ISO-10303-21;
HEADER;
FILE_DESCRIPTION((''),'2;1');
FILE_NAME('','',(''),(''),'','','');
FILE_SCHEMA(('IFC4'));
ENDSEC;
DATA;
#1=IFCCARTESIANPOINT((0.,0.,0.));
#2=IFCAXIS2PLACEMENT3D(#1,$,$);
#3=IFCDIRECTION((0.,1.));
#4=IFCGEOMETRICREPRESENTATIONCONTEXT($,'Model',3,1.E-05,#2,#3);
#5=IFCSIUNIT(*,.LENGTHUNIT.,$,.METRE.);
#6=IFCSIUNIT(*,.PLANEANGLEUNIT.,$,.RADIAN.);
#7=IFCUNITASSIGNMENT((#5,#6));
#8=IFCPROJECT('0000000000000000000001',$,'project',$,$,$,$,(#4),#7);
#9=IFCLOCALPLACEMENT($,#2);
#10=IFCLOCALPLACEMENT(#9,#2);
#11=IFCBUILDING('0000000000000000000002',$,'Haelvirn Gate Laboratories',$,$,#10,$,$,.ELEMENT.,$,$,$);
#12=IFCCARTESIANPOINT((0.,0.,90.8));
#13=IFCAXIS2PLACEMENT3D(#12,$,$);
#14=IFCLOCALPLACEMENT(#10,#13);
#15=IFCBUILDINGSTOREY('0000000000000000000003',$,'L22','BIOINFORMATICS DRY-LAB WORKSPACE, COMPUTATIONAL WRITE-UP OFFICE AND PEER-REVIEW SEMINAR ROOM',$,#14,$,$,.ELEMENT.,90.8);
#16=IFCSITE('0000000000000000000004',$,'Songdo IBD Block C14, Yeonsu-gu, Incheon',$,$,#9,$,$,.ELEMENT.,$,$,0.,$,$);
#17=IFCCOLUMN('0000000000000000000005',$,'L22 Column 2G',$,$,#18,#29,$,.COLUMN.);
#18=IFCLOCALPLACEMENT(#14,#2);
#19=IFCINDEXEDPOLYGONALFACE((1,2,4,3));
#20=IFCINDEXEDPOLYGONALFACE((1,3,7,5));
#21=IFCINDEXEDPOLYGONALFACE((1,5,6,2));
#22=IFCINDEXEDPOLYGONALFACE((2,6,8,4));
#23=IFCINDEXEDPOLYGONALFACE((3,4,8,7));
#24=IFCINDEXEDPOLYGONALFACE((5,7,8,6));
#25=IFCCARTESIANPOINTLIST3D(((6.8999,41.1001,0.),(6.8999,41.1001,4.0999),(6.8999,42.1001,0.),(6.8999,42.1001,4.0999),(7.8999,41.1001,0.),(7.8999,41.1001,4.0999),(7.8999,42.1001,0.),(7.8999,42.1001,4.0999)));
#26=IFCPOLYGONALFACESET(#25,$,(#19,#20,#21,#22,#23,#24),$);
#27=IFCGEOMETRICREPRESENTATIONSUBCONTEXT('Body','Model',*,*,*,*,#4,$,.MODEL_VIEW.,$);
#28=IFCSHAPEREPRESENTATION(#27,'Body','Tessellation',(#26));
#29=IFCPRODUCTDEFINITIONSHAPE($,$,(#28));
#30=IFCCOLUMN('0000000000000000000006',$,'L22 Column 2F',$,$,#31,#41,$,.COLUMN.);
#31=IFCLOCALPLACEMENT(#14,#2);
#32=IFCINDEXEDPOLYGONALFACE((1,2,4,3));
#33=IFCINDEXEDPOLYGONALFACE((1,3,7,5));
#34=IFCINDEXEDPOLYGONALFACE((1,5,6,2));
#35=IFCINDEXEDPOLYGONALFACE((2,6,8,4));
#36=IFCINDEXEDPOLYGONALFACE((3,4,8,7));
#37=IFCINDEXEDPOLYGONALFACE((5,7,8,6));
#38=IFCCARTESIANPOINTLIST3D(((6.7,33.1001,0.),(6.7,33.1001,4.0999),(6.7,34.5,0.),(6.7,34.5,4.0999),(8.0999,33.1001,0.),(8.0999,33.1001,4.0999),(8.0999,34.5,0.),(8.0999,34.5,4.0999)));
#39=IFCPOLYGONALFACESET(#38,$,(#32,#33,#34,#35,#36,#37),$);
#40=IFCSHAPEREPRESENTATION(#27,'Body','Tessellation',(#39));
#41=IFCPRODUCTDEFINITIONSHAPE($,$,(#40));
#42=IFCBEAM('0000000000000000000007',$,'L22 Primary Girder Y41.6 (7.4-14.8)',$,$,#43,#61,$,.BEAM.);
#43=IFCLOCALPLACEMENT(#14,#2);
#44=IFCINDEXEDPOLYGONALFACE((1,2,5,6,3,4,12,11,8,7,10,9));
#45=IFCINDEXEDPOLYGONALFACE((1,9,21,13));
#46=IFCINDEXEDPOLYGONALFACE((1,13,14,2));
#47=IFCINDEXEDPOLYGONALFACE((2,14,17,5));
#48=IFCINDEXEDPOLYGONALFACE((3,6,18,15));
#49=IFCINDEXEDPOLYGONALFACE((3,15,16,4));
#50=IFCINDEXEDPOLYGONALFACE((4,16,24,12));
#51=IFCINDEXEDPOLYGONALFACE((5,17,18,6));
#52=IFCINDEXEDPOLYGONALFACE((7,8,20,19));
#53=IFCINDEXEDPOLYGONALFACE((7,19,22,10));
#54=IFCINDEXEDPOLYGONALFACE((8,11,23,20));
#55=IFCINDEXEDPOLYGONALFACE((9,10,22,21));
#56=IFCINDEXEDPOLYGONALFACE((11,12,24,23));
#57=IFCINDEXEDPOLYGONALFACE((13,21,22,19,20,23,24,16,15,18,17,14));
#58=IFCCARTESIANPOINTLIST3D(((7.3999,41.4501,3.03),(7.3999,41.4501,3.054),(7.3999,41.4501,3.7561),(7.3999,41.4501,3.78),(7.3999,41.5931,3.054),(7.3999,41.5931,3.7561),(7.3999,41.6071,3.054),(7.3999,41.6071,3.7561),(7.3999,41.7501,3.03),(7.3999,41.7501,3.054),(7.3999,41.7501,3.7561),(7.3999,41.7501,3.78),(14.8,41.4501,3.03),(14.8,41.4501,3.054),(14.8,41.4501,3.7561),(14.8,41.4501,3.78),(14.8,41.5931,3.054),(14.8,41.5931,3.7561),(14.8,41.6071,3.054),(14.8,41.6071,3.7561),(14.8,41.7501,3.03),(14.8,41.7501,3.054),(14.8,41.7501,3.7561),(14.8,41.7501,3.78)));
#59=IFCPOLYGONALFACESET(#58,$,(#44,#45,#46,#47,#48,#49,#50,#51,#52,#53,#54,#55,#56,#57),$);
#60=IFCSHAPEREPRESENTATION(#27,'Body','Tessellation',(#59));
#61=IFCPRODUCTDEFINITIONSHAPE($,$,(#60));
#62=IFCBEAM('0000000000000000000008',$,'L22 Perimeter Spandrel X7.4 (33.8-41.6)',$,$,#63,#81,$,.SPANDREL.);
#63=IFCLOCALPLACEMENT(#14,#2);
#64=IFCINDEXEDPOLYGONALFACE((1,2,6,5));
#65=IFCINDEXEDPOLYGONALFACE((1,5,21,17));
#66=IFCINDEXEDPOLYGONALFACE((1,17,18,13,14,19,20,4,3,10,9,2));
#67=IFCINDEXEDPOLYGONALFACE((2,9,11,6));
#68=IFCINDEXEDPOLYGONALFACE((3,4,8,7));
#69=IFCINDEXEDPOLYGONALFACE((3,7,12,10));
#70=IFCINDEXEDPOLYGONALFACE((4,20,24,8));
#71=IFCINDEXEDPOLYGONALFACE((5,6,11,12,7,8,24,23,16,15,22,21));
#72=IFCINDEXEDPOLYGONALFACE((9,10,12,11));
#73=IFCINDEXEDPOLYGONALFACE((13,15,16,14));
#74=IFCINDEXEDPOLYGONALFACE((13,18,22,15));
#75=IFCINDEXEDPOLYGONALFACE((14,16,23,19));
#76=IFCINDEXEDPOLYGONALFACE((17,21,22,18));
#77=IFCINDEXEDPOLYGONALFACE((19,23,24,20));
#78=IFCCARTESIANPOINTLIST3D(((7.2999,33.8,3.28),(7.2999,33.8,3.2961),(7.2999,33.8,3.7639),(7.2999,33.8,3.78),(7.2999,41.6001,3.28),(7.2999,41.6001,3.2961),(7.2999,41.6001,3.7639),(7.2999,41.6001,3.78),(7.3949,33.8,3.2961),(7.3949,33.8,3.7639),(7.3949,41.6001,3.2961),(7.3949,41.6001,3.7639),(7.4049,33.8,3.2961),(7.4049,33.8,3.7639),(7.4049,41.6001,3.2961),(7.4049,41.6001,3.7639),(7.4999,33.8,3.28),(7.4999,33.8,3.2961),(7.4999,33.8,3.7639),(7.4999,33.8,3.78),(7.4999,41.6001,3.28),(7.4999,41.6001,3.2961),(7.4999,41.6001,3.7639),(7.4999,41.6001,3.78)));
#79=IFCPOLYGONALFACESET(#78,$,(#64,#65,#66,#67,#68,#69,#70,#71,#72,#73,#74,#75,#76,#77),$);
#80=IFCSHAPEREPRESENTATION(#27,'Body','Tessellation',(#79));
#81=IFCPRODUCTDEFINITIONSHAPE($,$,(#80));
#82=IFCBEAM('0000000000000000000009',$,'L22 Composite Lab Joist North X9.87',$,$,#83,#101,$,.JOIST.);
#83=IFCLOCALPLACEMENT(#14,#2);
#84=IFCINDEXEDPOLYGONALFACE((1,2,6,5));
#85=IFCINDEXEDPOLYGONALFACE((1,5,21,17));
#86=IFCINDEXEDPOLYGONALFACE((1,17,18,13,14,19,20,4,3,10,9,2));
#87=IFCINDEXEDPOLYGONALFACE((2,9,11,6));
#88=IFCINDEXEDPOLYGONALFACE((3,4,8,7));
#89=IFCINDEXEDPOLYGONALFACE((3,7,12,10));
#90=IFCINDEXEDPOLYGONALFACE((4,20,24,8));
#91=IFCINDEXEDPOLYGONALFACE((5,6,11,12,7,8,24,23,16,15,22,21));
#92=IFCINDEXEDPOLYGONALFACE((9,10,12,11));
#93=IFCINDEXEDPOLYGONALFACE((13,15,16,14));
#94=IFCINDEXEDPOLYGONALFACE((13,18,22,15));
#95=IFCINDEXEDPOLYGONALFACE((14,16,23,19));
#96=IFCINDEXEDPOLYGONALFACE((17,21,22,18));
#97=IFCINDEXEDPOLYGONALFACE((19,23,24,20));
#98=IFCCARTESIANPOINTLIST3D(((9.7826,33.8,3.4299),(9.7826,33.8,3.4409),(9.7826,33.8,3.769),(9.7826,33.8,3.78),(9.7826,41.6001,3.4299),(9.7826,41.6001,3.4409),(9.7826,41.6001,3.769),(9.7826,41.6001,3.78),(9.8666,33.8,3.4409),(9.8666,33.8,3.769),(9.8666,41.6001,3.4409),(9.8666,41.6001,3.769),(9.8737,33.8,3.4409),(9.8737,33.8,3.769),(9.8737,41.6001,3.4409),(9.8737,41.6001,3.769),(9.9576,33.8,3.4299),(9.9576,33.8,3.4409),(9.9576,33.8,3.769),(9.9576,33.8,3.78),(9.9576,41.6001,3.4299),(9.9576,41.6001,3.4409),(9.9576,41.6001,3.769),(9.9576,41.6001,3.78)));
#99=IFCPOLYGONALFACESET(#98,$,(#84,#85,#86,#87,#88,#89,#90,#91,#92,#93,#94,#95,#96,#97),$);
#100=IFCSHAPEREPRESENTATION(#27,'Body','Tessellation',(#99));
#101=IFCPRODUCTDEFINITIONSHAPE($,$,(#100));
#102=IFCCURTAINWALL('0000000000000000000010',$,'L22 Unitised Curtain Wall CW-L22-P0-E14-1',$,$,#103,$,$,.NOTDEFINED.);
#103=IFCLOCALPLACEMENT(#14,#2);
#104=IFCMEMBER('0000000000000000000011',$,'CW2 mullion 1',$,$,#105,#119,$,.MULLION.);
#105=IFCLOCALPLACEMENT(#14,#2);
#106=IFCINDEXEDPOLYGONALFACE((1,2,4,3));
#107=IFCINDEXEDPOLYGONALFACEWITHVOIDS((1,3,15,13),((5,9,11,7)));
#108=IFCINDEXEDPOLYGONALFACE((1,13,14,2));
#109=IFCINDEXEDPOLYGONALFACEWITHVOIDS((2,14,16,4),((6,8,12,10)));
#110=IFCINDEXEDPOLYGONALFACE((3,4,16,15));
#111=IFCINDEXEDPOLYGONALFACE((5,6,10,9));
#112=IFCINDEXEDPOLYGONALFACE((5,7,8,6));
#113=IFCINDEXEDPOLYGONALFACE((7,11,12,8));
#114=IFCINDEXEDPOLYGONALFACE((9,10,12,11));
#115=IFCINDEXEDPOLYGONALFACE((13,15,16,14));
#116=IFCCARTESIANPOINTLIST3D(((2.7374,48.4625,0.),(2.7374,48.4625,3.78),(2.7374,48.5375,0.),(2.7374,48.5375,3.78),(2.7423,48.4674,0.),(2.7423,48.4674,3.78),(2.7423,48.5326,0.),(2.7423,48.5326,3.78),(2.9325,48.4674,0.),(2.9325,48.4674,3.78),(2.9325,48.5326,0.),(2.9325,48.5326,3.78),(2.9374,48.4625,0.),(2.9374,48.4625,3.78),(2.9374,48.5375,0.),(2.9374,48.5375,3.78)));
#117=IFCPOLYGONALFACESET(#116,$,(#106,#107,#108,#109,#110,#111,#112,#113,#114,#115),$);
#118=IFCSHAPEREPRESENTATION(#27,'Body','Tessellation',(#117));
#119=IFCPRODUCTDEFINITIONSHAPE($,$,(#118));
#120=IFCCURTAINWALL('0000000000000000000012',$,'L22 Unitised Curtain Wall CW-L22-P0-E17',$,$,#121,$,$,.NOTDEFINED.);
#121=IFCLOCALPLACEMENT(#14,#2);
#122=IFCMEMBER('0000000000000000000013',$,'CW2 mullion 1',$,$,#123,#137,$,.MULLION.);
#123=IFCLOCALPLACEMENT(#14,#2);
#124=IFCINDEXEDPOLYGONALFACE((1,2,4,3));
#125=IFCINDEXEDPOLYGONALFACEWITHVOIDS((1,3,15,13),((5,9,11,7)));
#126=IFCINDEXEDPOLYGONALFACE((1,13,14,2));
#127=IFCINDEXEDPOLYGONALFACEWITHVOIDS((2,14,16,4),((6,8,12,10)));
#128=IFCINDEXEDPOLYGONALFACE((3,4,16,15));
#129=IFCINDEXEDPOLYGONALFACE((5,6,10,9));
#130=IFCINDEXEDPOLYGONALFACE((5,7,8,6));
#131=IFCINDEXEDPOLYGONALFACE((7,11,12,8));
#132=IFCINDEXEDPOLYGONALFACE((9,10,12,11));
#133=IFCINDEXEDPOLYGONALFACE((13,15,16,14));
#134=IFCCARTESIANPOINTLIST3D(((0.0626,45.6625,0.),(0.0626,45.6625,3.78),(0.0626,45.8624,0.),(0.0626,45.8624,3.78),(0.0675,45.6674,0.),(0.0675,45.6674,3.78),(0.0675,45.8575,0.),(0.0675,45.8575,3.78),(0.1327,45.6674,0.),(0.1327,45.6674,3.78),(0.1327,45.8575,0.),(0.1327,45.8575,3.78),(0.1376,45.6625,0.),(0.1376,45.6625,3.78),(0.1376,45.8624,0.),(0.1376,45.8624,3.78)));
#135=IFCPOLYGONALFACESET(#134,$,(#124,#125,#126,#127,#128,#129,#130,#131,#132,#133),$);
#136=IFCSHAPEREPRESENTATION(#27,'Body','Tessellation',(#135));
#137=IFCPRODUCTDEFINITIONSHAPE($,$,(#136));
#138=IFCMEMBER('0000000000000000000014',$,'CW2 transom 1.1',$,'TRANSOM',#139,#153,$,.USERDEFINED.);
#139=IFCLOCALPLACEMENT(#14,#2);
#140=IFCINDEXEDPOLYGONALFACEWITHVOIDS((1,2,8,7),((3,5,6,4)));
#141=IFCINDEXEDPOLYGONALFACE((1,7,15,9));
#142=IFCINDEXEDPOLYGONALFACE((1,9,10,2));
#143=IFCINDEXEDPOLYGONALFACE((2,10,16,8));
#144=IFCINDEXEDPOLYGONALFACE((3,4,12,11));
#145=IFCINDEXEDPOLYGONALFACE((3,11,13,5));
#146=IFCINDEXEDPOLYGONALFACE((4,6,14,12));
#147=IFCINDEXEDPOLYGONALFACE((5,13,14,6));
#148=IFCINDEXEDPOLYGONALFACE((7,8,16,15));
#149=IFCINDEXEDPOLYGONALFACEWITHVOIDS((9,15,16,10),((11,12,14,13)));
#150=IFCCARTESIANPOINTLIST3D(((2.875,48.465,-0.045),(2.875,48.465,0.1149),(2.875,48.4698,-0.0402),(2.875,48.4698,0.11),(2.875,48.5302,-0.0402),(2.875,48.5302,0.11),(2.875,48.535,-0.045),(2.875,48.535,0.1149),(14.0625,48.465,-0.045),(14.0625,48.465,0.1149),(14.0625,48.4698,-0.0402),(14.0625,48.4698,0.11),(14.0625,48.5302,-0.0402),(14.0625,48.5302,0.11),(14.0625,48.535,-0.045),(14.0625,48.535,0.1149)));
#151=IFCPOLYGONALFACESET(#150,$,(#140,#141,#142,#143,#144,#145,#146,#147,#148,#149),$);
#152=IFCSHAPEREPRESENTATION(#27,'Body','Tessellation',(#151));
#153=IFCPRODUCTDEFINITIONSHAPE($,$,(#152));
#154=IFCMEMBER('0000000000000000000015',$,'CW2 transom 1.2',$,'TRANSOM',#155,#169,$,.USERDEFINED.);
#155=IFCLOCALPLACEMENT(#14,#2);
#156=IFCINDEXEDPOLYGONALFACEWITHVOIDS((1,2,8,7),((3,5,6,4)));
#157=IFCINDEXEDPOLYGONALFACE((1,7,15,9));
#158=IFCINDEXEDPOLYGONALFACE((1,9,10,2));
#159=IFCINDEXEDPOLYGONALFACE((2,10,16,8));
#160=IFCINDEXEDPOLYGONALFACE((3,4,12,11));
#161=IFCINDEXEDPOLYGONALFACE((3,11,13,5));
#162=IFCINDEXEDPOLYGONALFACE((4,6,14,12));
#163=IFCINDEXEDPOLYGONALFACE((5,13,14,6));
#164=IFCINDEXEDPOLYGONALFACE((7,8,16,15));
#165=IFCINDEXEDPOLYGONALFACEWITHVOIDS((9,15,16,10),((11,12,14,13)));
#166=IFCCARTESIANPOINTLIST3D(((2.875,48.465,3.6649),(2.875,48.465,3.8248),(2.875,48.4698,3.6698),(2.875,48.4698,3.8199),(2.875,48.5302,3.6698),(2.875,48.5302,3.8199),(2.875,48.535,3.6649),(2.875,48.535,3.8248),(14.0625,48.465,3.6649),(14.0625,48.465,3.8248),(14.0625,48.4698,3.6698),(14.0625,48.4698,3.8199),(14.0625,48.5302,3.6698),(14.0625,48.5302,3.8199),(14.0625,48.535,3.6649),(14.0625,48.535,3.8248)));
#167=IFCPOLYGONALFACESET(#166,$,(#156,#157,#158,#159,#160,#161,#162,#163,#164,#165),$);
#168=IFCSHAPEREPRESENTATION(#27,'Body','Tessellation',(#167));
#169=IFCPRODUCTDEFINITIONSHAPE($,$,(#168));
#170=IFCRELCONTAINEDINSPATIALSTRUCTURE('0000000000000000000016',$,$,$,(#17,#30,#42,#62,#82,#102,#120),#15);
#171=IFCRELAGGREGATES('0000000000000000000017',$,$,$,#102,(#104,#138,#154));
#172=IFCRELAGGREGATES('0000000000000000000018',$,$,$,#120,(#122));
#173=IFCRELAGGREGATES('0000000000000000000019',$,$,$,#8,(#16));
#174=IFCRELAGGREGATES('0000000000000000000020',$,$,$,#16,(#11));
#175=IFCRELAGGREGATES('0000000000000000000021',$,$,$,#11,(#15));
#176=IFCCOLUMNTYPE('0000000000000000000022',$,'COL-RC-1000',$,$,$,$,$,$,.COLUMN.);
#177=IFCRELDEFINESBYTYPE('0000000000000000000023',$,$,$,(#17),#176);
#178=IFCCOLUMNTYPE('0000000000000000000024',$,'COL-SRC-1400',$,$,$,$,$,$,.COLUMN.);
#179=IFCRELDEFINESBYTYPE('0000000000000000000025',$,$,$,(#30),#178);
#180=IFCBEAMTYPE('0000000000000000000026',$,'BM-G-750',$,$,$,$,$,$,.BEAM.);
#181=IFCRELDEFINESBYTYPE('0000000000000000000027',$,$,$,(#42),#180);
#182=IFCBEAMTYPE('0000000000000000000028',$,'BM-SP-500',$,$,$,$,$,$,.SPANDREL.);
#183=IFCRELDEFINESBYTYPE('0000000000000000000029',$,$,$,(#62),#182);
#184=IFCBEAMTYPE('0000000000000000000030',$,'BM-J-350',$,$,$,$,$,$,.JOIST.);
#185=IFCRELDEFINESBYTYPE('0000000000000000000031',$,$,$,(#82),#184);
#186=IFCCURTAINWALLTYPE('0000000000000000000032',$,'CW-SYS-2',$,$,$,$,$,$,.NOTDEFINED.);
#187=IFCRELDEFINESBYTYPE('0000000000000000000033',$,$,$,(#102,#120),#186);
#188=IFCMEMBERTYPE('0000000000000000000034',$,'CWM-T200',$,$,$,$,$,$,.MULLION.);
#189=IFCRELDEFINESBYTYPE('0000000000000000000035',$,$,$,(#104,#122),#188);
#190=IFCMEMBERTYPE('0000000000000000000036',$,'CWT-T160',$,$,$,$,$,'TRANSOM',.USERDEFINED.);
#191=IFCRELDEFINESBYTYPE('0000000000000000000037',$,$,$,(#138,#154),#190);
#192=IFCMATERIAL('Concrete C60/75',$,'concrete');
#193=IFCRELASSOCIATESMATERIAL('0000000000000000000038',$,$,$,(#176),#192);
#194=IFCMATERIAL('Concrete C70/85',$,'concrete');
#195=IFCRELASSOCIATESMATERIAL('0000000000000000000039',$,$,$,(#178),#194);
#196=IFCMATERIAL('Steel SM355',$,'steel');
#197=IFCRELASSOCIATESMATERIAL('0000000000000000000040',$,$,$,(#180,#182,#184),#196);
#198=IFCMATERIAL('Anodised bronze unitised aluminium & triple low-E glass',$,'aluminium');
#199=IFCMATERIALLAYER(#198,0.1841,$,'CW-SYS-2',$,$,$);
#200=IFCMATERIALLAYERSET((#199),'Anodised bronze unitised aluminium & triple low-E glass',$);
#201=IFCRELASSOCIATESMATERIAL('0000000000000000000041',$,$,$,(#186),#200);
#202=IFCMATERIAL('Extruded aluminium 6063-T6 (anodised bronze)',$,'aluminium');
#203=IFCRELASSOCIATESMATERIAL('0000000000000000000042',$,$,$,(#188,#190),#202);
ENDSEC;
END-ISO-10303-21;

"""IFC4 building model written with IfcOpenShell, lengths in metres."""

from ifc_helpers import new_model, si_unit, direction, frame, origin, origin_2d, place, context, subcontext, project, spatial, rectangle, hollow_rectangle, i_section, extrude, source, transform, mapped, material, layer, layer_set, material_profile, profile_set, type_object, type_shapes, element, aggregate, save


model = new_model("IFC4")

# Units and contexts
model_context = context("Model", 3, precision=1e-05, world=origin(), true_north=direction((0.0, 1.0)))
body_context = subcontext(model_context, "Body", "Model", "MODEL_VIEW")
ifc_project = project(units=[si_unit("LENGTHUNIT", "METRE"), si_unit("PLANEANGLEUNIT", "RADIAN")], contexts=[model_context])

# Site, building, storey
site_placement = place(None, origin())
site = spatial("IfcSite", under=ifc_project, at=site_placement, Name="Songdo IBD Block C14, Yeonsu-gu, Incheon", CompositionType="ELEMENT", RefElevation=0.0)
building_placement = place(site_placement, origin())
building = spatial("IfcBuilding", under=site, at=building_placement, Name="Haelvirn Gate Laboratories", CompositionType="ELEMENT")
storey_placement = place(building_placement, frame((0.0, 0.0, 90.8)))
storey = spatial("IfcBuildingStorey", under=building, at=storey_placement, Name="L22", Description="BIOINFORMATICS DRY-LAB WORKSPACE, COMPUTATIONAL WRITE-UP OFFICE AND PEER-REVIEW SEMINAR ROOM", CompositionType="ELEMENT", Elevation=90.8)

# Columns
ifc_material_1 = material(Name="Concrete C60/75", Category="concrete")
ifc_material_profile_1 = material_profile(ifc_material_1, rectangle(XDim=1.0, YDim=1.0, at=origin_2d()), Name="RC-1000x1000")
ifc_profile_set_1 = profile_set([ifc_material_profile_1], Name="Concrete C60/75")
column_type_1 = type_object("IfcColumnType", Name="COL-RC-1000", PredefinedType="COLUMN", material=ifc_profile_set_1)
shared_shape_1 = source(origin(), body_context, "Body", "SweptSolid", [
    extrude(rectangle(XDim=1.0, YDim=1.0, at=origin_2d()), origin(), (0.0, 0.0, 1.0), 4.0999),
])
type_shapes(column_type_1, [shared_shape_1])
column_1_placement = place(storey_placement, frame((7.3999, 41.6001, 0.0), z_axis=(0.0, 0.0, 1.0), x_axis=(1.0, 0.0, 0.0)))
element("IfcColumn", 1, at=column_1_placement, inside=storey, type_object=column_type_1, Name="L22 Column 2G", PredefinedType="COLUMN", context=body_context, shape_type="MappedRepresentation", body=[
    mapped(shared_shape_1, transform((0.0, 0.0, 0.0), scale=1.0)),
])
ifc_material_2 = material(Name="Concrete C70/85", Category="concrete")
ifc_material_profile_2 = material_profile(ifc_material_2, rectangle(XDim=1.3999, YDim=1.3999, at=origin_2d()), Name="SRC-1400x1400")
ifc_profile_set_2 = profile_set([ifc_material_profile_2], Name="Concrete C70/85")
column_type_2 = type_object("IfcColumnType", Name="COL-SRC-1400", PredefinedType="COLUMN", material=ifc_profile_set_2)
shared_shape_2 = source(origin(), body_context, "Body", "SweptSolid", [
    extrude(rectangle(XDim=1.3999, YDim=1.3999, at=origin_2d()), origin(), (0.0, 0.0, 1.0), 4.0999),
])
type_shapes(column_type_2, [shared_shape_2])
column_2_placement = place(storey_placement, frame((7.3999, 33.8, 0.0), z_axis=(0.0, 0.0, 1.0), x_axis=(1.0, 0.0, 0.0)))
element("IfcColumn", 2, at=column_2_placement, inside=storey, type_object=column_type_2, Name="L22 Column 2F", PredefinedType="COLUMN", context=body_context, shape_type="MappedRepresentation", body=[
    mapped(shared_shape_2, transform((0.0, 0.0, 0.0), scale=1.0)),
])

# Beams
ifc_material_3 = material(Name="Steel SM355", Category="steel")
ifc_material_profile_3 = material_profile(ifc_material_3, i_section(OverallWidth=0.3, OverallDepth=0.75, WebThickness=0.0139, FlangeThickness=0.0239, at=origin_2d()), Name="H-750x300x14x24")
ifc_profile_set_3 = profile_set([ifc_material_profile_3], Name="Steel SM355")
beam_type_1 = type_object("IfcBeamType", Name="BM-G-750", PredefinedType="BEAM", material=ifc_profile_set_3)
shared_shape_3 = source(origin(), body_context, "Body", "SweptSolid", [
    extrude(i_section(OverallWidth=0.3, OverallDepth=0.75, WebThickness=0.0139, FlangeThickness=0.0239, at=origin_2d()), origin(), (0.0, 0.0, 1.0), 7.4001),
])
type_shapes(beam_type_1, [shared_shape_3])
beam_1_placement = place(storey_placement, frame((7.3999, 41.6001, 3.405), z_axis=(1.0, 0.0, 0.0), x_axis=(0.0, 1.0, 0.0)))
element("IfcBeam", 3, at=beam_1_placement, inside=storey, type_object=beam_type_1, Name="L22 Primary Girder Y41.6 (7.4-14.8)", PredefinedType="BEAM", context=body_context, shape_type="MappedRepresentation", body=[
    mapped(shared_shape_3, transform((0.0, 0.0, 0.0), scale=1.0)),
])
ifc_material_profile_4 = material_profile(ifc_material_3, i_section(OverallWidth=0.2, OverallDepth=0.5, WebThickness=0.01, FlangeThickness=0.0161, at=origin_2d()), Name="H-500x200x10x16")
ifc_profile_set_4 = profile_set([ifc_material_profile_4], Name="Steel SM355")
beam_type_2 = type_object("IfcBeamType", Name="BM-SP-500", PredefinedType="SPANDREL", material=ifc_profile_set_4)
shared_shape_4 = source(origin(), body_context, "Body", "SweptSolid", [
    extrude(i_section(OverallWidth=0.2, OverallDepth=0.5, WebThickness=0.01, FlangeThickness=0.0161, at=origin_2d()), origin(), (0.0, 0.0, 1.0), 7.8),
])
type_shapes(beam_type_2, [shared_shape_4])
beam_2_placement = place(storey_placement, frame((7.3999, 33.8, 3.53), z_axis=(0.0, 1.0, 0.0), x_axis=(-1.0, 0.0, 0.0)))
element("IfcBeam", 4, at=beam_2_placement, inside=storey, type_object=beam_type_2, Name="L22 Perimeter Spandrel X7.4 (33.8-41.6)", PredefinedType="SPANDREL", context=body_context, shape_type="MappedRepresentation", body=[
    mapped(shared_shape_4, transform((0.0, 0.0, 0.0), scale=1.0)),
])
ifc_material_profile_5 = material_profile(ifc_material_3, i_section(OverallWidth=0.175, OverallDepth=0.3501, WebThickness=0.0071, FlangeThickness=0.011, at=origin_2d()), Name="H-350x175x7x11")
ifc_profile_set_5 = profile_set([ifc_material_profile_5], Name="Steel SM355")
beam_type_3 = type_object("IfcBeamType", Name="BM-J-350", PredefinedType="JOIST", material=ifc_profile_set_5)
shared_shape_5 = source(origin(), body_context, "Body", "SweptSolid", [
    extrude(i_section(OverallWidth=0.175, OverallDepth=0.3501, WebThickness=0.0071, FlangeThickness=0.011, at=origin_2d()), origin(), (0.0, 0.0, 1.0), 7.8),
])
type_shapes(beam_type_3, [shared_shape_5])
beam_3_placement = place(storey_placement, frame((9.8701, 33.8, 3.605), z_axis=(0.0, 1.0, 0.0), x_axis=(-1.0, 0.0, 0.0)))
element("IfcBeam", 5, at=beam_3_placement, inside=storey, type_object=beam_type_3, Name="L22 Composite Lab Joist North X9.87", PredefinedType="JOIST", context=body_context, shape_type="MappedRepresentation", body=[
    mapped(shared_shape_5, transform((0.0, 0.0, 0.0), scale=1.0)),
])

# Curtain walls, members
ifc_material_4 = material(Name="Anodised bronze unitised aluminium & triple low-E glass", Category="aluminium")
ifc_layer_1 = layer(ifc_material_4, 0.1841, Name="CW-SYS-2")
ifc_layer_set_1 = layer_set([ifc_layer_1], Name="Anodised bronze unitised aluminium & triple low-E glass")
curtain_wall_type_1 = type_object("IfcCurtainWallType", Name="CW-SYS-2", PredefinedType="NOTDEFINED", material=ifc_layer_set_1)
curtain_wall_1_placement = place(storey_placement, origin())
curtain_wall_1 = element("IfcCurtainWall", 6, at=curtain_wall_1_placement, inside=storey, type_object=curtain_wall_type_1, Name="L22 Unitised Curtain Wall CW-L22-P0-E14-1", PredefinedType="NOTDEFINED")
ifc_material_5 = material(Name="Extruded aluminium 6063-T6 (anodised bronze)", Category="aluminium")
ifc_material_profile_6 = material_profile(ifc_material_5, hollow_rectangle(XDim=0.075, YDim=0.2, WallThickness=0.0049, at=origin_2d()), Name="CWM-200x75x5")
ifc_profile_set_6 = profile_set([ifc_material_profile_6], Name="Extruded aluminium 6063-T6 (anodised bronze)")
member_type_1 = type_object("IfcMemberType", Name="CWM-T200", PredefinedType="MULLION", material=ifc_profile_set_6)
shared_shape_6 = source(origin(), body_context, "Body", "SweptSolid", [
    extrude(hollow_rectangle(XDim=0.075, YDim=0.2, WallThickness=0.0049, at=origin_2d()), origin(), (0.0, 0.0, 1.0), 3.78),
])
type_shapes(member_type_1, [shared_shape_6])
member_1_placement = place(storey_placement, frame((2.8374, 48.5, 0.0), z_axis=(0.0, 0.0, 1.0), x_axis=(0.0, 1.0, 0.0)))
member_1 = element("IfcMember", 7, at=member_1_placement, type_object=member_type_1, Name="CW2 mullion 1", PredefinedType="MULLION", context=body_context, shape_type="MappedRepresentation", body=[
    mapped(shared_shape_6, transform((0.0, 0.0, 0.0), scale=1.0)),
])
curtain_wall_2_placement = place(storey_placement, origin())
curtain_wall_2 = element("IfcCurtainWall", 8, at=curtain_wall_2_placement, inside=storey, type_object=curtain_wall_type_1, Name="L22 Unitised Curtain Wall CW-L22-P0-E17", PredefinedType="NOTDEFINED")
member_2_placement = place(storey_placement, frame((0.1001, 45.7625, 0.0), z_axis=(0.0, 0.0, 1.0), x_axis=(1.0, 0.0, 0.0)))
member_2 = element("IfcMember", 9, at=member_2_placement, type_object=member_type_1, Name="CW2 mullion 1", PredefinedType="MULLION", context=body_context, shape_type="MappedRepresentation", body=[
    mapped(shared_shape_6, transform((0.0, 0.0, 0.0), scale=1.0)),
])

# Members
ifc_material_profile_7 = material_profile(ifc_material_5, hollow_rectangle(XDim=0.0701, YDim=0.1599, WallThickness=0.0049, at=origin_2d()), Name="CWT-160x70x5")
ifc_profile_set_7 = profile_set([ifc_material_profile_7], Name="Extruded aluminium 6063-T6 (anodised bronze)")
member_type_2 = type_object("IfcMemberType", Name="CWT-T160", ElementType="TRANSOM", PredefinedType="USERDEFINED", material=ifc_profile_set_7)
shared_shape_7 = source(origin(), body_context, "Body", "SweptSolid", [
    extrude(hollow_rectangle(XDim=0.0701, YDim=0.1599, WallThickness=0.0049, at=origin_2d()), origin(), (0.0, 0.0, 1.0), 11.1875),
])
member_3_placement = place(storey_placement, frame((2.875, 48.5, 0.0349), z_axis=(1.0, 0.0, 0.0), x_axis=(0.0, 1.0, 0.0)))
member_3 = element("IfcMember", 10, at=member_3_placement, type_object=member_type_2, Name="CW2 transom 1.1", ObjectType="TRANSOM", PredefinedType="USERDEFINED", context=body_context, shape_type="MappedRepresentation", body=[
    mapped(shared_shape_7, transform((0.0, 0.0, 0.0), scale=1.0)),
])
member_4_placement = place(storey_placement, frame((2.875, 48.5, 3.7449), z_axis=(1.0, 0.0, 0.0), x_axis=(0.0, 1.0, 0.0)))
member_4 = element("IfcMember", 11, at=member_4_placement, type_object=member_type_2, Name="CW2 transom 1.2", ObjectType="TRANSOM", PredefinedType="USERDEFINED", context=body_context, shape_type="MappedRepresentation", body=[
    mapped(shared_shape_7, transform((0.0, 0.0, 0.0), scale=1.0)),
])

aggregate(curtain_wall_1, [member_1, member_3, member_4])
aggregate(curtain_wall_2, [member_2])

save(model, "model.ifc")
